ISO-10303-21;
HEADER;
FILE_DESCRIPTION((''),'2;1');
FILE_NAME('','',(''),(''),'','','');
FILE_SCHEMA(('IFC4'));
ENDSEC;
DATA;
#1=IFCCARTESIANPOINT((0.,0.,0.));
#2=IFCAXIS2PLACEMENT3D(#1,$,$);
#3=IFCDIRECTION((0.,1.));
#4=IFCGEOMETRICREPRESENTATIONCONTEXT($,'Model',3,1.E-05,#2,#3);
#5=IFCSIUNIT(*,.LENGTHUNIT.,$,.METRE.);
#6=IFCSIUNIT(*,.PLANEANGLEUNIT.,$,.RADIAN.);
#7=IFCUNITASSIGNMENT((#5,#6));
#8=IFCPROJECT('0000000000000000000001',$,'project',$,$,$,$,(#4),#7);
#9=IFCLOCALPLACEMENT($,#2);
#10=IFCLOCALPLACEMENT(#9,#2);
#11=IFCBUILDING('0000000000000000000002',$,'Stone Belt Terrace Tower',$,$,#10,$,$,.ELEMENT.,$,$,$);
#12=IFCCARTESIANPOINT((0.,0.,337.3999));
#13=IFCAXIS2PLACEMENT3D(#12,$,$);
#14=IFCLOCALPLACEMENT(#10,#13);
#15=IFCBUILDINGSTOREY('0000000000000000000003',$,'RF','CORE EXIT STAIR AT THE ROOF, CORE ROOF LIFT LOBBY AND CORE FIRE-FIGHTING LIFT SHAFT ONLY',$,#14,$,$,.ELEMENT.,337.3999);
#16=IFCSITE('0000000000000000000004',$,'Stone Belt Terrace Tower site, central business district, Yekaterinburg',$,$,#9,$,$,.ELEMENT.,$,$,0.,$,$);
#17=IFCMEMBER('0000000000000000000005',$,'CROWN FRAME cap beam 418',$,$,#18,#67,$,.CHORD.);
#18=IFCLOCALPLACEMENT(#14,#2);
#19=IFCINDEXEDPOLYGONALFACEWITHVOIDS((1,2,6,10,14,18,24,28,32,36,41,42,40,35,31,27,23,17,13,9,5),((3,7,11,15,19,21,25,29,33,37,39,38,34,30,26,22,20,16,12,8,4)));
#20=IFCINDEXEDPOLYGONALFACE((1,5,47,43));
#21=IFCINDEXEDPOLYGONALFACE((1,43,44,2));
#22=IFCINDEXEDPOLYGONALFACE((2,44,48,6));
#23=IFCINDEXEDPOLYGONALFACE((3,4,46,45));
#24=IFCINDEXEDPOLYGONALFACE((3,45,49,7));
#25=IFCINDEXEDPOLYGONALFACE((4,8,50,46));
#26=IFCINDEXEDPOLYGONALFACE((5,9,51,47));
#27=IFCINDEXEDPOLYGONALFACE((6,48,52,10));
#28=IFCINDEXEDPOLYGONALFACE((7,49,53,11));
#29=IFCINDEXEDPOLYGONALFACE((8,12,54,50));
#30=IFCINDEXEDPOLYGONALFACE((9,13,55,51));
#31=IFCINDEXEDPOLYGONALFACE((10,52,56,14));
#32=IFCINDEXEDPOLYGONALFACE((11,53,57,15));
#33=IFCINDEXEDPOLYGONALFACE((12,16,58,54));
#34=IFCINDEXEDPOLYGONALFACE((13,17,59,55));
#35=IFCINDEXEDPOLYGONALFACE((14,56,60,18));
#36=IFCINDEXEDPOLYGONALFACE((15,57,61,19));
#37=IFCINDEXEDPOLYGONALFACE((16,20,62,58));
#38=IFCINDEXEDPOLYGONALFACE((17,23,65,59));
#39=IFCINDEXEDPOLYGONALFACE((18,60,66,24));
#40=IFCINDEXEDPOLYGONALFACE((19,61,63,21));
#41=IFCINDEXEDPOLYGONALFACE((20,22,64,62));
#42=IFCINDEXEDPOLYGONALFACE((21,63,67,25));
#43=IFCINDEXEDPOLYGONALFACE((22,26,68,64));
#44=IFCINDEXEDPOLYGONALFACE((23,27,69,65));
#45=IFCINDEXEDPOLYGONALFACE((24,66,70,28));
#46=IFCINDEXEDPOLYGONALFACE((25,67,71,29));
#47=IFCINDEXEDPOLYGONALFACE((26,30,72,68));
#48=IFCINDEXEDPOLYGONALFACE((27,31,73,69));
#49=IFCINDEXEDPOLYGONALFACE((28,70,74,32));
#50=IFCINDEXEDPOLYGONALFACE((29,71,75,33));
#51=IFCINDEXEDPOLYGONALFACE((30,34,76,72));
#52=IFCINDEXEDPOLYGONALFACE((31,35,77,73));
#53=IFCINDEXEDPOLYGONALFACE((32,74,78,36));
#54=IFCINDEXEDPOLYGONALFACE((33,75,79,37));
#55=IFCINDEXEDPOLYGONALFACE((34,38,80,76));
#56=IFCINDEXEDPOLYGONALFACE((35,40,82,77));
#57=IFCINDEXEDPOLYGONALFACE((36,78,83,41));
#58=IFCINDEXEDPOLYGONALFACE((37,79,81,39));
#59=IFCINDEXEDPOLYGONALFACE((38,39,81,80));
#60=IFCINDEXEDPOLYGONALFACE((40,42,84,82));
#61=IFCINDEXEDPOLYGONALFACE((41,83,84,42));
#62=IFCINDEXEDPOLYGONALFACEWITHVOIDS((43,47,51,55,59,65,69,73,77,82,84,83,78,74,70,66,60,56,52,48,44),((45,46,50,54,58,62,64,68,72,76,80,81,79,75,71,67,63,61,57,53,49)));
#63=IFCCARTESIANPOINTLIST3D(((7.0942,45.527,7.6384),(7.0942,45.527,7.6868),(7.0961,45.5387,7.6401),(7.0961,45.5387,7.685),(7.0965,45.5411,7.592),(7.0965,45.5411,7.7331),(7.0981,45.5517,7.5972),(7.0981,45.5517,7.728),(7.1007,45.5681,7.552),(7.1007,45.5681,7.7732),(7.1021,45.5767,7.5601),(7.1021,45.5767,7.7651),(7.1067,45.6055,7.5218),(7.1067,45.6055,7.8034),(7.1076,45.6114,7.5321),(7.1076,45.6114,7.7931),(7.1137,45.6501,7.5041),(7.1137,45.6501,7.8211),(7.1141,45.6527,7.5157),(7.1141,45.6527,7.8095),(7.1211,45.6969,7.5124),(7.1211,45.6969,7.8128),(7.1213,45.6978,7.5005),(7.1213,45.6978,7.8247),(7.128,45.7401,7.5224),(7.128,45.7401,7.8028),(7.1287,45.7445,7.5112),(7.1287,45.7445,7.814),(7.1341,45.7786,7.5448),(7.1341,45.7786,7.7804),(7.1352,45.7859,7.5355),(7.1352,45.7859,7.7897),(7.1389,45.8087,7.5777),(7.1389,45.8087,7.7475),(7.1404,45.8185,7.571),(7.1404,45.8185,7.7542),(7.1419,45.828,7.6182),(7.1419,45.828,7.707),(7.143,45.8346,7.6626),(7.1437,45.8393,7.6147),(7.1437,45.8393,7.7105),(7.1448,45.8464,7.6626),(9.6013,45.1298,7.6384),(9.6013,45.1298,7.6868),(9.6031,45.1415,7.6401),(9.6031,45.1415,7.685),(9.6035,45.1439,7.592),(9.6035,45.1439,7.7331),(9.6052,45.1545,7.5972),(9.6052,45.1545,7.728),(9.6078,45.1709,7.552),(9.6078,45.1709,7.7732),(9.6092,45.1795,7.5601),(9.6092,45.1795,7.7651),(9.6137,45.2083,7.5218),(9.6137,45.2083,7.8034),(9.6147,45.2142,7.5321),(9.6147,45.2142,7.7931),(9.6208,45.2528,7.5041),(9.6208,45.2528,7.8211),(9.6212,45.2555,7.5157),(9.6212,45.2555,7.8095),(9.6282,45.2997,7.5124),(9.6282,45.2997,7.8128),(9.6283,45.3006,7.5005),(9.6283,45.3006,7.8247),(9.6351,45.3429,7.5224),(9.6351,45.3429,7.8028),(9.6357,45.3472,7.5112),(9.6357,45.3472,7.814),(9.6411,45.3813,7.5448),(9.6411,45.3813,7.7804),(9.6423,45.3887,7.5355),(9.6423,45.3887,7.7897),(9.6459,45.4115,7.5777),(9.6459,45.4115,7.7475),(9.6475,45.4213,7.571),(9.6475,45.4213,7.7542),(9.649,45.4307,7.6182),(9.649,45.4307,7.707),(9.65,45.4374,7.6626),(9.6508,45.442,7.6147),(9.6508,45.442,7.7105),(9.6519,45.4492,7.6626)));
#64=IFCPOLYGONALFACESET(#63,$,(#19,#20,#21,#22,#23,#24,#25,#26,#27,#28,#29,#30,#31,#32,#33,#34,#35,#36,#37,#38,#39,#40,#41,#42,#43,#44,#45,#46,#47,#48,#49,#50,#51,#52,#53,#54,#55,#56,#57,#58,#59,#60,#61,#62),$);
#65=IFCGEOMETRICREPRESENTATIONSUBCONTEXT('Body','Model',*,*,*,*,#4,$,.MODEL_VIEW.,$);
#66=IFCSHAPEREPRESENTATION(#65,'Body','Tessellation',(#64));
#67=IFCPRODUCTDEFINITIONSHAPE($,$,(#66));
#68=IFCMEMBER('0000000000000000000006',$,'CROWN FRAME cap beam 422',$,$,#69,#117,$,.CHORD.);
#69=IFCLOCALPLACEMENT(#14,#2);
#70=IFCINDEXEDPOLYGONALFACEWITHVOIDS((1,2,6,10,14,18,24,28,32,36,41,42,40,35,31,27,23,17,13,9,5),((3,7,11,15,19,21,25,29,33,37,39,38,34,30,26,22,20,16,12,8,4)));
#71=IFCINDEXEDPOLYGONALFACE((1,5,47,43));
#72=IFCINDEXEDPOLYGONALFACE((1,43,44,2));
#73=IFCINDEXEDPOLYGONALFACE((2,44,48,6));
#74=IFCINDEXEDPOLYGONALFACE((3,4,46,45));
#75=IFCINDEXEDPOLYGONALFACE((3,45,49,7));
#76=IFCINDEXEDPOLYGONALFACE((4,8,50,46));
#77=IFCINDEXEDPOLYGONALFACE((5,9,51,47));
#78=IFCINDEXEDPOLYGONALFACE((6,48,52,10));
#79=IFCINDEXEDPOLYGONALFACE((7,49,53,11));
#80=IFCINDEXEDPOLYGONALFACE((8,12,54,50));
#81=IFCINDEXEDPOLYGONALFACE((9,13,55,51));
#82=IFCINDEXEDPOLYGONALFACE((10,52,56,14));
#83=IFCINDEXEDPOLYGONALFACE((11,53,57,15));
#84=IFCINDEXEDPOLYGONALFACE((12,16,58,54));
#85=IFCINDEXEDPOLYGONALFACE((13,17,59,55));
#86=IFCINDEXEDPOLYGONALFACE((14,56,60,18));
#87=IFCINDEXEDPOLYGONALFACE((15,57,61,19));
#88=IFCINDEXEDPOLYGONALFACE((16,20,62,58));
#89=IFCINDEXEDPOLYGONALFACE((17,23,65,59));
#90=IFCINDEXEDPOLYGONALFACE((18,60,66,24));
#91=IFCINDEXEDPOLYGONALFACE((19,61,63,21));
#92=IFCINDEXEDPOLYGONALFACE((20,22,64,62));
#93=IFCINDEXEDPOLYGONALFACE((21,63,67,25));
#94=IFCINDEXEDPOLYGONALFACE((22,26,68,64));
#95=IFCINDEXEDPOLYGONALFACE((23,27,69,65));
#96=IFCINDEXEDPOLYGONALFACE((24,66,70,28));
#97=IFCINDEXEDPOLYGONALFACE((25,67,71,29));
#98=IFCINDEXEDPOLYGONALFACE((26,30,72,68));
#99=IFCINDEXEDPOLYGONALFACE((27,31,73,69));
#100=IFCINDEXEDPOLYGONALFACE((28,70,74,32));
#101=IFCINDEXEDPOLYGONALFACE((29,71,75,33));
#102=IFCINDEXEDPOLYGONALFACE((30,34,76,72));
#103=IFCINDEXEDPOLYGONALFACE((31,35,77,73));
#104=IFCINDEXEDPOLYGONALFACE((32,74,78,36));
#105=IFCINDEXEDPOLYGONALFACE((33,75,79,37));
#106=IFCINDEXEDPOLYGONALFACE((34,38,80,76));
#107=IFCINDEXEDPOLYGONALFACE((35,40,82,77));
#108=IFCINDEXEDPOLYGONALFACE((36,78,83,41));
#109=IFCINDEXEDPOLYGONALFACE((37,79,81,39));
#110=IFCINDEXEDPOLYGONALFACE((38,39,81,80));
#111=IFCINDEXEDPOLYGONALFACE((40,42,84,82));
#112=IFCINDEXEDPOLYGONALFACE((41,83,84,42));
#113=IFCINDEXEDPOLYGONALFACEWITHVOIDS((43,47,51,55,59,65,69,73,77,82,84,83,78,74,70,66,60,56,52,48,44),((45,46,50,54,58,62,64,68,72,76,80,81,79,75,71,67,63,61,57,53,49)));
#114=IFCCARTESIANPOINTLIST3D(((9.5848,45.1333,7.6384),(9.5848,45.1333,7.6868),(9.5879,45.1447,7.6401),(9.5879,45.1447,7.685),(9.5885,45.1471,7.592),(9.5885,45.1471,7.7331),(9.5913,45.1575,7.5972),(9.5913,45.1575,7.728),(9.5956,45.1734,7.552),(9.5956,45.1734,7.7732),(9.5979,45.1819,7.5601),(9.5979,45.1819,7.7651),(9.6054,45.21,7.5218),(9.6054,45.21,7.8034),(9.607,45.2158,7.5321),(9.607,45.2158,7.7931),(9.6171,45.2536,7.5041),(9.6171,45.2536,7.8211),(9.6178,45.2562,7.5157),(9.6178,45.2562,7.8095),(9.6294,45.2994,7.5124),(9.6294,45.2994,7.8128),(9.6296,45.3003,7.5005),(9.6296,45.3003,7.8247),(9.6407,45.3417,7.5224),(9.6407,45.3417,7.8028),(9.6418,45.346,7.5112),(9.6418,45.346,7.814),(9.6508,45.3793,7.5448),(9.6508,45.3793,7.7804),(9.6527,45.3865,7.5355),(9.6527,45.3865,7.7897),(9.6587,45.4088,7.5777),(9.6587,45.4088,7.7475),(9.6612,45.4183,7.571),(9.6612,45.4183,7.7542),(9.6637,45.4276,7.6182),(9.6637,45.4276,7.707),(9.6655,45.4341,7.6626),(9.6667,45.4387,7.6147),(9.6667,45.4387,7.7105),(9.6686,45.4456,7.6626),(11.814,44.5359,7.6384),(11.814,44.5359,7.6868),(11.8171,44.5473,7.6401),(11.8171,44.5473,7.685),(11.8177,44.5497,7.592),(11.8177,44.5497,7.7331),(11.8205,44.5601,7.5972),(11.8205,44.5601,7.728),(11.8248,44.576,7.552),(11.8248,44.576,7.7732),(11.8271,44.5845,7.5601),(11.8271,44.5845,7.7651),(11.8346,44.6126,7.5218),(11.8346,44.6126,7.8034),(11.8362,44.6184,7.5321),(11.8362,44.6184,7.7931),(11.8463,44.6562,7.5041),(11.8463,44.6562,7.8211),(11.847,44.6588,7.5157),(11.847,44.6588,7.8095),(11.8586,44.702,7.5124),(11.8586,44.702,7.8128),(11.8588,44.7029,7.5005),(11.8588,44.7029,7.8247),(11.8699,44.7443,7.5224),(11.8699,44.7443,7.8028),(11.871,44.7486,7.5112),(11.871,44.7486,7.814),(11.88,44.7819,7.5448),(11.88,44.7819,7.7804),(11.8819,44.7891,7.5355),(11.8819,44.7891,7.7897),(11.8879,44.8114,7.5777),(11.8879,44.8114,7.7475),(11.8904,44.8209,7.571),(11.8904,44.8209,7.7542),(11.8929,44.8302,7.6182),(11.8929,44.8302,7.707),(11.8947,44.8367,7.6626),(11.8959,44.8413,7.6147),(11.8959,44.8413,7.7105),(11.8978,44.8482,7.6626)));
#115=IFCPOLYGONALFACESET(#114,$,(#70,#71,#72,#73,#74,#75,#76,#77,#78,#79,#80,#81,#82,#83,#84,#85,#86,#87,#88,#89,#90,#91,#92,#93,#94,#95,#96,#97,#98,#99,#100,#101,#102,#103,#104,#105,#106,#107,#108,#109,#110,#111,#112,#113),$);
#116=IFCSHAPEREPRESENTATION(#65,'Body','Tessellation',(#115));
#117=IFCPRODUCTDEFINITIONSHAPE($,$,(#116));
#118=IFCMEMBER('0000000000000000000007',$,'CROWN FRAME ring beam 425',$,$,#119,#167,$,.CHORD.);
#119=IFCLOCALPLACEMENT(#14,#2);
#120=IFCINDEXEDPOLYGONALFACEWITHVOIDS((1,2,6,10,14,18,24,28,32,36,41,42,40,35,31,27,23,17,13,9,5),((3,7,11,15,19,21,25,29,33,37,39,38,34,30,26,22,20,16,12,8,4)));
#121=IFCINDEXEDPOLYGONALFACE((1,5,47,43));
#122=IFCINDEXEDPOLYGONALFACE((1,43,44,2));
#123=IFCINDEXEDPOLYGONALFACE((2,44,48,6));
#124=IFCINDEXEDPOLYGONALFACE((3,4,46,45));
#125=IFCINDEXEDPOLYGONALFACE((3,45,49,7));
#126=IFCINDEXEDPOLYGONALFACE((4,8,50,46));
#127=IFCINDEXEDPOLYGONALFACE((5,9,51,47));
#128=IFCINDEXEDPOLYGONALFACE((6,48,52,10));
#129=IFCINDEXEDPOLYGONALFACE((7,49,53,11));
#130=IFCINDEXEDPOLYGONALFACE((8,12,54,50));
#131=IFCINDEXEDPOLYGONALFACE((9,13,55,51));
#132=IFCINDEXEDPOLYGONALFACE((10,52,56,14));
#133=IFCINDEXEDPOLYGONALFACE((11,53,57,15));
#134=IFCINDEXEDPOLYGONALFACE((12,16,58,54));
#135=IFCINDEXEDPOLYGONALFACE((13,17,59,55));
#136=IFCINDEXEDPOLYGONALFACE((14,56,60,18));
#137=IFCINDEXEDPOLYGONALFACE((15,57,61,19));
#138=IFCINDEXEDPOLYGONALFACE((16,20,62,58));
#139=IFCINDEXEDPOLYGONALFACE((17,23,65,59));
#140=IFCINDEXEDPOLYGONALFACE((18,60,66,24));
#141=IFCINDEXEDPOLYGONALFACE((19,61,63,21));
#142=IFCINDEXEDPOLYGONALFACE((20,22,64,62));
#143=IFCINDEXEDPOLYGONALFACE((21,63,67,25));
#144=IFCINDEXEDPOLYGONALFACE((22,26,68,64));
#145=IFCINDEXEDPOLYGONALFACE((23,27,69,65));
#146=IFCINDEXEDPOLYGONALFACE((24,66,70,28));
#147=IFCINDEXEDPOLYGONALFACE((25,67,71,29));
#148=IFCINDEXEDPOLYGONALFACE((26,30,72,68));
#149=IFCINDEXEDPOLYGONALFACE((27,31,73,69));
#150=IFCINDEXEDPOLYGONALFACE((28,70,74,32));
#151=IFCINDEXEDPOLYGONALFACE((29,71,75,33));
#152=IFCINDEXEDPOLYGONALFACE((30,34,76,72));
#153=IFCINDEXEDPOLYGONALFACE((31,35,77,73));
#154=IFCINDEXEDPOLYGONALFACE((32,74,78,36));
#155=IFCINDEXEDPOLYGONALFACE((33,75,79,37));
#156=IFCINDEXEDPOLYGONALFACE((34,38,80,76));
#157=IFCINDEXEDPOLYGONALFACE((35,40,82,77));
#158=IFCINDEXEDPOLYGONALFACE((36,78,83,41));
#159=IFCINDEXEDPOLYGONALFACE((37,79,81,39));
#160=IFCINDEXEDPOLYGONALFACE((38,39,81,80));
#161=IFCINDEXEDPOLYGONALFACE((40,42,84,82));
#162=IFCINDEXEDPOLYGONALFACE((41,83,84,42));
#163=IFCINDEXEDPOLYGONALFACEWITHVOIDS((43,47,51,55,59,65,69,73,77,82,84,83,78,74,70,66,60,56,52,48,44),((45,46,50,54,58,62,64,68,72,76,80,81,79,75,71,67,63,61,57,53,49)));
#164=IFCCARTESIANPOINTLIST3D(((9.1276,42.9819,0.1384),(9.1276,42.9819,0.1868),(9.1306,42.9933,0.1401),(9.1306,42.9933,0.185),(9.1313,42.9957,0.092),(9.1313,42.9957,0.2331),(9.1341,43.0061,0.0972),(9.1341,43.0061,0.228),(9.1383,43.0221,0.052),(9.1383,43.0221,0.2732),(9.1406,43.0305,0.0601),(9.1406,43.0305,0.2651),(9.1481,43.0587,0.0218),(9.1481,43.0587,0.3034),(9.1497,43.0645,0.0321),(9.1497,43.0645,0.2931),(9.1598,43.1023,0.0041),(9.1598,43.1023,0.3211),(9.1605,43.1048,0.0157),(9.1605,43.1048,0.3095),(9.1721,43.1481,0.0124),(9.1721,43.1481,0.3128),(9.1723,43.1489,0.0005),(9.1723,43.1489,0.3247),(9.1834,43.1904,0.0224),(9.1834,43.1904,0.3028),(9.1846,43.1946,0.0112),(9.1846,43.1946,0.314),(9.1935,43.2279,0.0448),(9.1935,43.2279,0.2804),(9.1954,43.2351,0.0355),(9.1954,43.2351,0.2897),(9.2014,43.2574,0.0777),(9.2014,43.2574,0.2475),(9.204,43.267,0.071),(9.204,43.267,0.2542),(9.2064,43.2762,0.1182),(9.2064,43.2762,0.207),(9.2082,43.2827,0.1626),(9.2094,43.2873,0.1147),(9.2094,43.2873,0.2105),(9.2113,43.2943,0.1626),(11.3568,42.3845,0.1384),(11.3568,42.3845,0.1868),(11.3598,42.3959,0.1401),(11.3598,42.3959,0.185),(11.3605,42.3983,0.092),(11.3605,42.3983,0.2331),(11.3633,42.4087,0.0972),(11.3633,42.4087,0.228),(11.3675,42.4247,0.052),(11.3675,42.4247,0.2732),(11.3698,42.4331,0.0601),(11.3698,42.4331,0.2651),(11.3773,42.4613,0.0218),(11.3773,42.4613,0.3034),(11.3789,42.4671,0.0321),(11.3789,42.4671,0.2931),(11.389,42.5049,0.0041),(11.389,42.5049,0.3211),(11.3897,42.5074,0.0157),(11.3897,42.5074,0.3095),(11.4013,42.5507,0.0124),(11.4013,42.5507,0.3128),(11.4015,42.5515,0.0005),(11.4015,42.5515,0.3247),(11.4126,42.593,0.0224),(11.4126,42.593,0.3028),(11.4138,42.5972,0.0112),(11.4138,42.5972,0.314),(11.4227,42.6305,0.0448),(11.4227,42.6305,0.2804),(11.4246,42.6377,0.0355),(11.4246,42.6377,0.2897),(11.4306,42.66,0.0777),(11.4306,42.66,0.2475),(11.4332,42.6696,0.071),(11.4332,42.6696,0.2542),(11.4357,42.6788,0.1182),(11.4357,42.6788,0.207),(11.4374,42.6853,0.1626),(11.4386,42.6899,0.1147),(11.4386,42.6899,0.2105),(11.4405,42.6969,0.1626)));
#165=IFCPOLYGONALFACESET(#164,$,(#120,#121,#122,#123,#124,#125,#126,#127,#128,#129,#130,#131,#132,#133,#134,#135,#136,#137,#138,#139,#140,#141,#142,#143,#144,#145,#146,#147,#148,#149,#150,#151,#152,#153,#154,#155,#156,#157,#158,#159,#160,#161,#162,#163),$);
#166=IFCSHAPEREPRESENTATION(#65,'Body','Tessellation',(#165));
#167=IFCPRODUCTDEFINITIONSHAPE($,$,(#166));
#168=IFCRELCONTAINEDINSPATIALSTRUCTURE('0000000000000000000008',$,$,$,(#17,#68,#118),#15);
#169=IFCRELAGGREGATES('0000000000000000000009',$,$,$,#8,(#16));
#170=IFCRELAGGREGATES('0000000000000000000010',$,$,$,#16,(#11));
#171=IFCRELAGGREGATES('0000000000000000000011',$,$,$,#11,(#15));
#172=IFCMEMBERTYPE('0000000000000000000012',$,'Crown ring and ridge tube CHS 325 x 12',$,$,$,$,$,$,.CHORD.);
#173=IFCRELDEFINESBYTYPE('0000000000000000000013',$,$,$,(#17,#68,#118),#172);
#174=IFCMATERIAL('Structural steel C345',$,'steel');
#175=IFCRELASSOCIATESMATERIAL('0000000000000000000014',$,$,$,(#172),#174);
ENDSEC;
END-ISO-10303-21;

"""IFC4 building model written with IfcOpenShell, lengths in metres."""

from ifc_helpers import new_model, si_unit, direction, frame, origin, origin_2d, place, context, subcontext, project, spatial, hollow_circle, extrude, material, material_profile, profile_set, type_object, element, save


model = new_model("IFC4")

# Units and contexts
model_context = context("Model", 3, precision=1e-05, world=origin(), true_north=direction((0.0, 1.0)))
body_context = subcontext(model_context, "Body", "Model", "MODEL_VIEW")
ifc_project = project(units=[si_unit("LENGTHUNIT", "METRE"), si_unit("PLANEANGLEUNIT", "RADIAN")], contexts=[model_context])

# Site, building, storey
site_placement = place(None, origin())
site = spatial("IfcSite", under=ifc_project, at=site_placement, Name="Stone Belt Terrace Tower site, central business district, Yekaterinburg", CompositionType="ELEMENT", RefElevation=0.0)
building_placement = place(site_placement, origin())
building = spatial("IfcBuilding", under=site, at=building_placement, Name="Stone Belt Terrace Tower", CompositionType="ELEMENT")
storey_placement = place(building_placement, frame((0.0, 0.0, 337.3999)))
storey = spatial("IfcBuildingStorey", under=building, at=storey_placement, Name="RF", Description="CORE EXIT STAIR AT THE ROOF, CORE ROOF LIFT LOBBY AND CORE FIRE-FIGHTING LIFT SHAFT ONLY", CompositionType="ELEMENT", Elevation=337.3999)

# Members
ifc_material_1 = material(Name="Structural steel C345", Category="steel")
ifc_material_profile_1 = material_profile(ifc_material_1, hollow_circle(Radius=0.1626, WallThickness=0.012, at=origin_2d()), Name="Structural steel C345 CHS 325x12")
ifc_profile_set_1 = profile_set([ifc_material_profile_1], Name="Structural steel C345")
member_type_1 = type_object("IfcMemberType", Name="Crown ring and ridge tube CHS 325 x 12", PredefinedType="CHORD", material=ifc_profile_set_1)
member_1_placement = place(storey_placement, frame((7.1194, 45.6858, 7.6626), z_axis=(0.98768, -0.156486, 0.0), x_axis=(0.156486, 0.98768, 0.0)))
element("IfcMember", 1, at=member_1_placement, inside=storey, type_object=member_type_1, Name="CROWN FRAME cap beam 418", PredefinedType="CHORD", context=body_context, shape_type="SweptSolid", body=[
    extrude(hollow_circle(Radius=0.1626, WallThickness=0.012, at=origin_2d()), origin(), (0.0, 0.0, 1.0), 2.5383),
])
for number, where, z_axis, x_axis, name in (
    (2, (9.6265, 45.2886, 7.6626), (0.965916, -0.258854, 0.0), (0.258854, 0.965916, 0.0), "CROWN FRAME cap beam 422"),
    (3, (9.1692, 43.1372, 0.1626), (0.965916, -0.258854, 0.0), (0.258854, 0.965916, 0.0), "CROWN FRAME ring beam 425"),
):
    element("IfcMember", number, at=place(storey_placement, frame(where, z_axis=z_axis, x_axis=x_axis)), inside=storey, type_object=member_type_1, Name=name, PredefinedType="CHORD", context=body_context, shape_type="SweptSolid", body=[
        extrude(hollow_circle(Radius=0.1626, WallThickness=0.012, at=origin_2d()), origin(), (0.0, 0.0, 1.0), 2.3079),
    ])

save(model, "model.ifc")
